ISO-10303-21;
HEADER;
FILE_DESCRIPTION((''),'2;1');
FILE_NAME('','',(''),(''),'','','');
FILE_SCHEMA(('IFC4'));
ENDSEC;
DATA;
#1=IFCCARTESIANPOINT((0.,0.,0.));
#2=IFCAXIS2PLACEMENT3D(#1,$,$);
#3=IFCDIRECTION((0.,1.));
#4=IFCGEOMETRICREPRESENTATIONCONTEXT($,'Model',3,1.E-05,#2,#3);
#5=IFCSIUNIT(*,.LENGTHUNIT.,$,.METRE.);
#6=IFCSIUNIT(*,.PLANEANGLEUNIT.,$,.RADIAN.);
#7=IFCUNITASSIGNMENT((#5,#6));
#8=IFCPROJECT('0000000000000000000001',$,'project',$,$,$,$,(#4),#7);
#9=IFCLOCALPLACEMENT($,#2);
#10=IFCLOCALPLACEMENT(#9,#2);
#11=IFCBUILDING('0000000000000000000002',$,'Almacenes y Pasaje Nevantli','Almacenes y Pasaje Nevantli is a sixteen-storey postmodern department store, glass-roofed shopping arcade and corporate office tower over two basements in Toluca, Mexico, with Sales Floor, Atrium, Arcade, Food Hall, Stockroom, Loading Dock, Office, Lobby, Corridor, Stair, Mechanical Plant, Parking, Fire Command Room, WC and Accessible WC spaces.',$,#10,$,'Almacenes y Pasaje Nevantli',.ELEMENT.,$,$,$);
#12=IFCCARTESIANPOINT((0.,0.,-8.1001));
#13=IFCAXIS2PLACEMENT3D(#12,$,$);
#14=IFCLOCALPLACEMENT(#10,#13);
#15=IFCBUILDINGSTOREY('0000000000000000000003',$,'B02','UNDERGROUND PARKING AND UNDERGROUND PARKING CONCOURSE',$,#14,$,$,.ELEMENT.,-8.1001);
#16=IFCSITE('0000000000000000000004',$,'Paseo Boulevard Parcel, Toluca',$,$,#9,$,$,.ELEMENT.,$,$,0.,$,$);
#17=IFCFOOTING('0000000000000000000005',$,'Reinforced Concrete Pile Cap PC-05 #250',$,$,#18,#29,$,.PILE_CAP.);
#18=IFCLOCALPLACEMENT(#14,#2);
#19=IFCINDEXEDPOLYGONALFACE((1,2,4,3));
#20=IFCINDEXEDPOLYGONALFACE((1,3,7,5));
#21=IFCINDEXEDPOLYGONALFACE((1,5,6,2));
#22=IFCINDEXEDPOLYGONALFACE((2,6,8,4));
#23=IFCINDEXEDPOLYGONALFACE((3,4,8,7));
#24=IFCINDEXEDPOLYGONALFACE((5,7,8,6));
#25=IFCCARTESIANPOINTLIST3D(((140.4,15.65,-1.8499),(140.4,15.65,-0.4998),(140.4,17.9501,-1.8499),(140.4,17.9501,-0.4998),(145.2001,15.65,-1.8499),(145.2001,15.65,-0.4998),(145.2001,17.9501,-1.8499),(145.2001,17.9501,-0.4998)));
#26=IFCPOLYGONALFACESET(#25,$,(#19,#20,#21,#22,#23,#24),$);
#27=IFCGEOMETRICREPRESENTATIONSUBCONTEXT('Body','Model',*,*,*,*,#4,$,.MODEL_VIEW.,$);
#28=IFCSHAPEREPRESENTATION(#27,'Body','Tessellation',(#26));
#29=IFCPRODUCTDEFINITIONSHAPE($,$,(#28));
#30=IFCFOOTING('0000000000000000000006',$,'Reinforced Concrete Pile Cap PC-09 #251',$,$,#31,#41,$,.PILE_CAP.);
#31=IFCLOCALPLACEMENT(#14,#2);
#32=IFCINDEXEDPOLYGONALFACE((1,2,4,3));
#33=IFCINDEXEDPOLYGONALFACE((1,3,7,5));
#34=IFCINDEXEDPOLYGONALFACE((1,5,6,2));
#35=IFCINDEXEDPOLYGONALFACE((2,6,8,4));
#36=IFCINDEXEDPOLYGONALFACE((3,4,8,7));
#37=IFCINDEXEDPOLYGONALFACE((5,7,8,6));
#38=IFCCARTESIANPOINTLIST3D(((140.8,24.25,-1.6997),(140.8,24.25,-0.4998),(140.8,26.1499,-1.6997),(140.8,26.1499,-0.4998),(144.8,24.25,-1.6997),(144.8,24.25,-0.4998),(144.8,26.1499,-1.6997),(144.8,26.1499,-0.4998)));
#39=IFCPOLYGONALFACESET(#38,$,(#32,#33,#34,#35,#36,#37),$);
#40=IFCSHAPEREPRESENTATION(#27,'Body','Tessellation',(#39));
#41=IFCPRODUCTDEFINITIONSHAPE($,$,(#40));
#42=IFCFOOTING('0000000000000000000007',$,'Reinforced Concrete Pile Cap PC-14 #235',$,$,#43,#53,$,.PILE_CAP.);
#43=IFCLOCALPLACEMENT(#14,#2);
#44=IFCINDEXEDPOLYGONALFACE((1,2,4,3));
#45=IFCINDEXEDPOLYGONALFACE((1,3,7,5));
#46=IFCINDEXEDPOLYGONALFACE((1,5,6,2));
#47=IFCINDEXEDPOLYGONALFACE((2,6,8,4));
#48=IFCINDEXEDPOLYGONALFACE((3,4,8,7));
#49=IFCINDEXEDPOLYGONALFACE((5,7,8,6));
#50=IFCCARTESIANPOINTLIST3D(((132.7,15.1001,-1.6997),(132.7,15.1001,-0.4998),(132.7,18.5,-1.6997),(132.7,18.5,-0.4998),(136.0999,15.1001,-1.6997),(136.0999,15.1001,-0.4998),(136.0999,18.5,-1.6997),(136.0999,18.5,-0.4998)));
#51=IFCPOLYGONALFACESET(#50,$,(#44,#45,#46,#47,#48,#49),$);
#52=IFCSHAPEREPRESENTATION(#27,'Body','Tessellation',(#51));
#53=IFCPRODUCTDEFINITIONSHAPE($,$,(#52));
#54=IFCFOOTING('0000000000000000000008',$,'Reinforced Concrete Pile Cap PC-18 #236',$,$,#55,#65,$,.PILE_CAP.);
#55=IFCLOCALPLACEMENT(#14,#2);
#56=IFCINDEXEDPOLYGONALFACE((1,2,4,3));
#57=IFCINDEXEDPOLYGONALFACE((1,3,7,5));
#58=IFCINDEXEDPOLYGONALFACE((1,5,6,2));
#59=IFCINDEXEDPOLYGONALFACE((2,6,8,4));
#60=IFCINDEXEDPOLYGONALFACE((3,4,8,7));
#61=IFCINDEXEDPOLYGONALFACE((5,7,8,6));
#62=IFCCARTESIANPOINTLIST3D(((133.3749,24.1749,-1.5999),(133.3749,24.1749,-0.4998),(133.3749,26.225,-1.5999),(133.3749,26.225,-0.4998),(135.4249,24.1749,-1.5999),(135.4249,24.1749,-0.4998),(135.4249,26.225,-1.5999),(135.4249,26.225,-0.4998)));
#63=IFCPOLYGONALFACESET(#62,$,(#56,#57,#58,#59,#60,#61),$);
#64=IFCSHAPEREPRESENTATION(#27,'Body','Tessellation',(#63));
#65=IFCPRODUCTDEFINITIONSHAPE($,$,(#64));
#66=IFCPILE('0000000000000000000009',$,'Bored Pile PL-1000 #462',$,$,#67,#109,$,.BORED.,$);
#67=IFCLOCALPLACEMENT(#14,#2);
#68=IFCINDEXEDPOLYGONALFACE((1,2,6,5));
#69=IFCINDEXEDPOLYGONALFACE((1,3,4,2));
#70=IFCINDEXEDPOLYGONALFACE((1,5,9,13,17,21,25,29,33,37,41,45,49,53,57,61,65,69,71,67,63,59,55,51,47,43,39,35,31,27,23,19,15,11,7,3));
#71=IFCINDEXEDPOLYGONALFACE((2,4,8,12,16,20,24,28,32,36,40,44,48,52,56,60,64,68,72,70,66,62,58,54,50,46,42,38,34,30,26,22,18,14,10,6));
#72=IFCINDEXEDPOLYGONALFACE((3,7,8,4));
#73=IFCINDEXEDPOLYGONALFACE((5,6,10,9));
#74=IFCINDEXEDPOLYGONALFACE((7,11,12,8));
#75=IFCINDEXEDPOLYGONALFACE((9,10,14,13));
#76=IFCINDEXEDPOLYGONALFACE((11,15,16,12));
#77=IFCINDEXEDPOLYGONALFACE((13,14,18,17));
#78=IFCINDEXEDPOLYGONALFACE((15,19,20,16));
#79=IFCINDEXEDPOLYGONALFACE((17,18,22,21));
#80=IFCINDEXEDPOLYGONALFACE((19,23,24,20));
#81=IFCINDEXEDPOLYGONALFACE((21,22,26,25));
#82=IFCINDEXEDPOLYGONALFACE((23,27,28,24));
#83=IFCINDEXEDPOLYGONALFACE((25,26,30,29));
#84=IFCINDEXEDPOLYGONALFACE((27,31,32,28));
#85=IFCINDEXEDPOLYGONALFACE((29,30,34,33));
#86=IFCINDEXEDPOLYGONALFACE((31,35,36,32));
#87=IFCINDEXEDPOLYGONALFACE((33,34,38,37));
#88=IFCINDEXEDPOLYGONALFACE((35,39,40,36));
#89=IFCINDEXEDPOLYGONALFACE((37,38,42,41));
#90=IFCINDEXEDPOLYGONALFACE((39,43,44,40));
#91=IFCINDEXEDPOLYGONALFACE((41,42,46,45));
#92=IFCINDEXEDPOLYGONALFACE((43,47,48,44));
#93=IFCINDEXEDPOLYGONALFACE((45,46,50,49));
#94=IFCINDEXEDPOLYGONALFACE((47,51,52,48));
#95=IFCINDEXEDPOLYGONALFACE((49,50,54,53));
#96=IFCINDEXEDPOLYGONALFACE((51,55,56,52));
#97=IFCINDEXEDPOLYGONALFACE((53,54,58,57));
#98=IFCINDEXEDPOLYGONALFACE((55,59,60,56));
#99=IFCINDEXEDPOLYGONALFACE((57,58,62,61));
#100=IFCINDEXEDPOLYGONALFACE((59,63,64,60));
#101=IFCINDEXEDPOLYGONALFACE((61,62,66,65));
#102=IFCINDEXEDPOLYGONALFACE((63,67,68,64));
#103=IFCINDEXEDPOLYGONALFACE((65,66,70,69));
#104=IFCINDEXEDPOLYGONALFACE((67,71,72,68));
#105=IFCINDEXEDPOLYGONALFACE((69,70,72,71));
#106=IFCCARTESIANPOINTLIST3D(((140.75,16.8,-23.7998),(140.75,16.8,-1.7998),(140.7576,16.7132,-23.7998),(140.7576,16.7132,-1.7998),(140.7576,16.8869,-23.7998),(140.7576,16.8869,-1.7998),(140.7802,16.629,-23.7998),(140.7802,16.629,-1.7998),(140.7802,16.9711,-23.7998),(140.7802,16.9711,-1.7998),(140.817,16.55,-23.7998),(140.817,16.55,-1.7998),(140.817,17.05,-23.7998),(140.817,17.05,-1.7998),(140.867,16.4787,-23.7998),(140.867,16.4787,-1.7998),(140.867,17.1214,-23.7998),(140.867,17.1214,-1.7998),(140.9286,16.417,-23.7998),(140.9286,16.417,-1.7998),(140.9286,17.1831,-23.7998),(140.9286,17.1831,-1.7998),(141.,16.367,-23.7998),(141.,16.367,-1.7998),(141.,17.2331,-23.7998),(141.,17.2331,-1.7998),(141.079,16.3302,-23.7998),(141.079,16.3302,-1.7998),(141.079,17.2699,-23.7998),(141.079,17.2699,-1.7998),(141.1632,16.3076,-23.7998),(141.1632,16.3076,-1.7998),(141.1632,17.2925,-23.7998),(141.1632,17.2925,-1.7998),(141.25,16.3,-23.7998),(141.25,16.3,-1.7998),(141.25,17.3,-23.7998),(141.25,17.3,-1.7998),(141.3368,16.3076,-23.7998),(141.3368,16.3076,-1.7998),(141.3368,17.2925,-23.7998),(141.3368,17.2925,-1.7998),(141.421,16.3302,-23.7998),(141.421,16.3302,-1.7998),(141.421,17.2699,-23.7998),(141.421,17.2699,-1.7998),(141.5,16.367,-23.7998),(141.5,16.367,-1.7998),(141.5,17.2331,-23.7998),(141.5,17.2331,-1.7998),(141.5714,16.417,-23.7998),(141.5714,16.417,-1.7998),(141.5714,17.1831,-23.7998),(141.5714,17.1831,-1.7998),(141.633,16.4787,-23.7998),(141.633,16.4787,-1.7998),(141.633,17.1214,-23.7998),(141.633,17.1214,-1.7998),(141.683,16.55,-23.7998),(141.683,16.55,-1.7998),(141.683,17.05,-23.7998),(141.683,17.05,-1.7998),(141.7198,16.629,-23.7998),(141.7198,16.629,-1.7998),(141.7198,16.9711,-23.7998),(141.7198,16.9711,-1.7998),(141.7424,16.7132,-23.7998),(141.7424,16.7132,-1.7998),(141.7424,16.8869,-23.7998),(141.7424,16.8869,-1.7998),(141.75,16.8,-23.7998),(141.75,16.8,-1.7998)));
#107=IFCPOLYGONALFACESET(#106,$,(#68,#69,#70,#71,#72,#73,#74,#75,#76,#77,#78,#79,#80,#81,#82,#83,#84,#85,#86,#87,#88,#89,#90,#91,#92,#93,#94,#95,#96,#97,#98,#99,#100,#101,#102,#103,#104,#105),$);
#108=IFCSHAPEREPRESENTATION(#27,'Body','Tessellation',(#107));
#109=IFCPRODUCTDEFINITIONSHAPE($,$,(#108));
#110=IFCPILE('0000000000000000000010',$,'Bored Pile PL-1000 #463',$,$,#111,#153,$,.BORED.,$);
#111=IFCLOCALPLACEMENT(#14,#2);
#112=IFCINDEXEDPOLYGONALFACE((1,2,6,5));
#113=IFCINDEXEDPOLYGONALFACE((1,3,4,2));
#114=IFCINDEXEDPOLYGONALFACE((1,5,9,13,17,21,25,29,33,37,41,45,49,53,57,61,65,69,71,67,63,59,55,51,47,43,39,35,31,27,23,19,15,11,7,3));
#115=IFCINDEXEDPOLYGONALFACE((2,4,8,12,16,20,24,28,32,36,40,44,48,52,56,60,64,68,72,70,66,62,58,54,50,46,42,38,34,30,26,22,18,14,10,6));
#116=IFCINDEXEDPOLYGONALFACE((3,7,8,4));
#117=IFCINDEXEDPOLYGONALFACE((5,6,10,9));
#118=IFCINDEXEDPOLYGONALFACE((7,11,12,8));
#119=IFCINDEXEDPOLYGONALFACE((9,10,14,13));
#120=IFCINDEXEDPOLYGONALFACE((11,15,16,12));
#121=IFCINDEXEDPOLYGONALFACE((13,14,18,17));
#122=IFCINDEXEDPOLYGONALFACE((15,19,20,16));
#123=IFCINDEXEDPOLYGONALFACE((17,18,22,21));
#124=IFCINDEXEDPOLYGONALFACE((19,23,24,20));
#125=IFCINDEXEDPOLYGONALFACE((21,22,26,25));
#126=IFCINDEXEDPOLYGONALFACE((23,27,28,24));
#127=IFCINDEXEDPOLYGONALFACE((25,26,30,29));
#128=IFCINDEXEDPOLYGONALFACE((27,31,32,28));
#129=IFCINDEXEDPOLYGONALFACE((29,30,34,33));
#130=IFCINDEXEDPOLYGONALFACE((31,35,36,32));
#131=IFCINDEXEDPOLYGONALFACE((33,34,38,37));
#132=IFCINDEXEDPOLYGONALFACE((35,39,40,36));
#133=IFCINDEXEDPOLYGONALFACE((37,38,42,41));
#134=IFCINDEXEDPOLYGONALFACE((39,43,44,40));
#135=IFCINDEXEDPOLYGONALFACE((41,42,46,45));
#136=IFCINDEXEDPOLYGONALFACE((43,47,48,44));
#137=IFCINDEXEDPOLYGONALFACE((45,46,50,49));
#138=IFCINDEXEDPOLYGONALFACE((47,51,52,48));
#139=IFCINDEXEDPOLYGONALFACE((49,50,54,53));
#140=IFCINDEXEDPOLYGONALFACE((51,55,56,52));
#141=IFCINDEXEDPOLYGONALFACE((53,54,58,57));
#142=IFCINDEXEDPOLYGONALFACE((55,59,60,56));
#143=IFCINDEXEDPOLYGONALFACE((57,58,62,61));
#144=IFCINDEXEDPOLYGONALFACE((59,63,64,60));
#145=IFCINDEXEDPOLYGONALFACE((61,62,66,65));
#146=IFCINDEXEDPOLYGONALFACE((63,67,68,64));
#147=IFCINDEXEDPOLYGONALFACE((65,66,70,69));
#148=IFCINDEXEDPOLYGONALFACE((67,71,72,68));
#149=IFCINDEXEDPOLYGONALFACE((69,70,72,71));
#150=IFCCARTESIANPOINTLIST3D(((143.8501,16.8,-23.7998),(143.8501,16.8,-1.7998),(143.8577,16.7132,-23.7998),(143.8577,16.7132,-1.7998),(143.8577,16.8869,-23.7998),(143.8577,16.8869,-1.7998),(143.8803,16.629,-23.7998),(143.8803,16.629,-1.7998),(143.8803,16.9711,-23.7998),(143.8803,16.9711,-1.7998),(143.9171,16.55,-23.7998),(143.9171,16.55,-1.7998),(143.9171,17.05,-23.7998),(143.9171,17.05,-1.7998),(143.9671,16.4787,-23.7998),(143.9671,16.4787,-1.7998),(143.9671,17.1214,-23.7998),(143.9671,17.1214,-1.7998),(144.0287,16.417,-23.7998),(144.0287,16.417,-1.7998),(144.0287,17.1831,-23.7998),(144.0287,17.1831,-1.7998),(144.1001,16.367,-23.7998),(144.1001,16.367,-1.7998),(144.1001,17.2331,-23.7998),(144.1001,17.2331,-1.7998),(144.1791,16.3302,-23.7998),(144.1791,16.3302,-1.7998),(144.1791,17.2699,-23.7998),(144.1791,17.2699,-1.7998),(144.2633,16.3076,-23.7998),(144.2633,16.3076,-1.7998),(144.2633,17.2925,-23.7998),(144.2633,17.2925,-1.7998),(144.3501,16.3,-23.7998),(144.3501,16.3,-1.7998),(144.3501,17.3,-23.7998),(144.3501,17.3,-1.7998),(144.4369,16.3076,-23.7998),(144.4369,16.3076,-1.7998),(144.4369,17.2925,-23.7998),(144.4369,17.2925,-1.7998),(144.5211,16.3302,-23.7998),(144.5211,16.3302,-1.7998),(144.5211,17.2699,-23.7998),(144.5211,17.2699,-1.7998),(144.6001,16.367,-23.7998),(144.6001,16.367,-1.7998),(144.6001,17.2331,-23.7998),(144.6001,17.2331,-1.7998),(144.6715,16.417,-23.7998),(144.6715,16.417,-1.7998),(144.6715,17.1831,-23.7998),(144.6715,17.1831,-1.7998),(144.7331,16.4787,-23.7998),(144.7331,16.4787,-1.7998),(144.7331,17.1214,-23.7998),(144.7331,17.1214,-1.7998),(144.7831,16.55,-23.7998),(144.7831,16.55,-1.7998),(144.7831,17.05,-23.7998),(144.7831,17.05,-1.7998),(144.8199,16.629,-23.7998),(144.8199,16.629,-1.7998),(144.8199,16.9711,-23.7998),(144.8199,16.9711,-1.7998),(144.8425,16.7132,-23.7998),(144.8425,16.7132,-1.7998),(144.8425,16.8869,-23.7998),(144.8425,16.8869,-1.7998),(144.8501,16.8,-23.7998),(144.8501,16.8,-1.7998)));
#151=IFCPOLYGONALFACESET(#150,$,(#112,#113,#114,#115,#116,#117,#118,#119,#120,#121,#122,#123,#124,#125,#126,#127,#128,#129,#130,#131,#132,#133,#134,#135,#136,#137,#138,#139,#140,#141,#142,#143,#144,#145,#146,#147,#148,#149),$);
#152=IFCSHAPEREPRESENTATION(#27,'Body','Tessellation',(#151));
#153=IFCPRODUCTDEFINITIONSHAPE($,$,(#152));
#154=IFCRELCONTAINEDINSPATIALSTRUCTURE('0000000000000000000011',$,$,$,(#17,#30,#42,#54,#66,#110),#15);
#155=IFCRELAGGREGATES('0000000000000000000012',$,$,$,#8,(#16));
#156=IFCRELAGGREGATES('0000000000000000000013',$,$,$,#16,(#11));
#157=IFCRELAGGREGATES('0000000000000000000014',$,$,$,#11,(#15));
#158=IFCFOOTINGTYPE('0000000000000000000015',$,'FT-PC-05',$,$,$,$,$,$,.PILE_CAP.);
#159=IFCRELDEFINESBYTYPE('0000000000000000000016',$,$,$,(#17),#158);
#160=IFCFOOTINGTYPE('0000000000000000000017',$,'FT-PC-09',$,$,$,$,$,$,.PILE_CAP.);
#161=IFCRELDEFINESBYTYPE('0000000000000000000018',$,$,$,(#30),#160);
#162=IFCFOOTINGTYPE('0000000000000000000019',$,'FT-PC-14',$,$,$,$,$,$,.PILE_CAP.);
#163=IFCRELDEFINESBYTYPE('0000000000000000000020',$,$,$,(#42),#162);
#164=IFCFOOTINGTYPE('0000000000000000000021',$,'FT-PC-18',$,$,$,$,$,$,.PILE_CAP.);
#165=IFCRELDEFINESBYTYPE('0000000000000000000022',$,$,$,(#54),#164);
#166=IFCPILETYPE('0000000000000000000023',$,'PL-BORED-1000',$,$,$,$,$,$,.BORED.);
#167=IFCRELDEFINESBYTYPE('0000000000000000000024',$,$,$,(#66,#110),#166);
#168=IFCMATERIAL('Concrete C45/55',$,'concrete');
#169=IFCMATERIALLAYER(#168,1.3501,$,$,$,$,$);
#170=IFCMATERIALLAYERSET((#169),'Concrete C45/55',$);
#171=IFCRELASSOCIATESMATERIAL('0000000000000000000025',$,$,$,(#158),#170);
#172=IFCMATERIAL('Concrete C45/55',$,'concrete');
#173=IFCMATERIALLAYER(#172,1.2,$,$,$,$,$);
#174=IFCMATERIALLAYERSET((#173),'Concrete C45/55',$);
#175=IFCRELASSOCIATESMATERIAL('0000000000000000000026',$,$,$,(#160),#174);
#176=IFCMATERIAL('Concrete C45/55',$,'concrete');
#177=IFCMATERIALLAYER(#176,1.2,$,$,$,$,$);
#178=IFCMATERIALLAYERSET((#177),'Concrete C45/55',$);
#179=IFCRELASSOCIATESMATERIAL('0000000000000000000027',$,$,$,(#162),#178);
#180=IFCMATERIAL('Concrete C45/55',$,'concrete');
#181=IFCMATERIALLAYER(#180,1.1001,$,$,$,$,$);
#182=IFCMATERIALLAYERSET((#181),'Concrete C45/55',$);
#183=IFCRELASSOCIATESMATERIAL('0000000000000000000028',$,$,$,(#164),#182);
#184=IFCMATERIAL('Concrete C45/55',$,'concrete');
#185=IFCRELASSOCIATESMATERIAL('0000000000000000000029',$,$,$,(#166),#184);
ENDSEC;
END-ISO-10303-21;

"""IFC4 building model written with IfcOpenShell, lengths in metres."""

from ifc_helpers import new_model, si_unit, direction, frame, origin, origin_2d, place, context, subcontext, project, spatial, rectangle, circle, extrude, material, layer, layer_set, material_profile, profile_set, type_object, element, save


model = new_model("IFC4")

# Units and contexts
model_context = context("Model", 3, precision=1e-05, world=origin(), true_north=direction((0.0, 1.0)))
body_context = subcontext(model_context, "Body", "Model", "MODEL_VIEW")
ifc_project = project(units=[si_unit("LENGTHUNIT", "METRE"), si_unit("PLANEANGLEUNIT", "RADIAN")], contexts=[model_context])

# Site, building, storey
site_placement = place(None, origin())
site = spatial("IfcSite", under=ifc_project, at=site_placement, Name="Paseo Boulevard Parcel, Toluca", CompositionType="ELEMENT", RefElevation=0.0)
building_placement = place(site_placement, origin())
building = spatial("IfcBuilding", under=site, at=building_placement, Name="Almacenes y Pasaje Nevantli", Description="Almacenes y Pasaje Nevantli is a sixteen-storey postmodern department store, glass-roofed shopping arcade and corporate office tower over two basements in Toluca, Mexico, with Sales Floor, Atrium, Arcade, Food Hall, Stockroom, Loading Dock, Office, Lobby, Corridor, Stair, Mechanical Plant, Parking, Fire Command Room, WC and Accessible WC spaces.", LongName="Almacenes y Pasaje Nevantli", CompositionType="ELEMENT")
storey_placement = place(building_placement, frame((0.0, 0.0, -8.1001)))
storey = spatial("IfcBuildingStorey", under=building, at=storey_placement, Name="B02", Description="UNDERGROUND PARKING AND UNDERGROUND PARKING CONCOURSE", CompositionType="ELEMENT", Elevation=-8.1001)

# Footings
ifc_material_1 = material(Name="Concrete C45/55", Category="concrete")
ifc_layer_1 = layer(ifc_material_1, 1.3501)
ifc_layer_set_1 = layer_set([ifc_layer_1], Name="Concrete C45/55")
footing_type_1 = type_object("IfcFootingType", Name="FT-PC-05", PredefinedType="PILE_CAP", material=ifc_layer_set_1)
footing_1_placement = place(storey_placement, frame((142.8, 16.8, -1.8499), z_axis=(0.0, 0.0, 1.0), x_axis=(1.0, 0.0, 0.0)))
element("IfcFooting", 1, at=footing_1_placement, inside=storey, type_object=footing_type_1, Name="Reinforced Concrete Pile Cap PC-05 #250", PredefinedType="PILE_CAP", context=body_context, shape_type="SweptSolid", body=[
    extrude(rectangle(XDim=4.8, YDim=2.3, at=origin_2d()), origin(), (0.0, 0.0, 1.0), 1.3501),
])
ifc_material_2 = material(Name="Concrete C45/55", Category="concrete")
ifc_layer_2 = layer(ifc_material_2, 1.2)
ifc_layer_set_2 = layer_set([ifc_layer_2], Name="Concrete C45/55")
footing_type_2 = type_object("IfcFootingType", Name="FT-PC-09", PredefinedType="PILE_CAP", material=ifc_layer_set_2)
footing_2_placement = place(storey_placement, frame((142.8, 25.2, -1.6997), z_axis=(0.0, 0.0, 1.0), x_axis=(1.0, 0.0, 0.0)))
element("IfcFooting", 2, at=footing_2_placement, inside=storey, type_object=footing_type_2, Name="Reinforced Concrete Pile Cap PC-09 #251", PredefinedType="PILE_CAP", context=body_context, shape_type="SweptSolid", body=[
    extrude(rectangle(XDim=4.0, YDim=1.8999, at=origin_2d()), origin(), (0.0, 0.0, 1.0), 1.2),
])
ifc_material_3 = material(Name="Concrete C45/55", Category="concrete")
ifc_layer_3 = layer(ifc_material_3, 1.2)
ifc_layer_set_3 = layer_set([ifc_layer_3], Name="Concrete C45/55")
footing_type_3 = type_object("IfcFootingType", Name="FT-PC-14", PredefinedType="PILE_CAP", material=ifc_layer_set_3)
footing_3_placement = place(storey_placement, frame((134.3999, 16.8, -1.6997), z_axis=(0.0, 0.0, 1.0), x_axis=(1.0, 0.0, 0.0)))
element("IfcFooting", 3, at=footing_3_placement, inside=storey, type_object=footing_type_3, Name="Reinforced Concrete Pile Cap PC-14 #235", PredefinedType="PILE_CAP", context=body_context, shape_type="SweptSolid", body=[
    extrude(rectangle(XDim=3.3999, YDim=3.3999, at=origin_2d()), origin(), (0.0, 0.0, 1.0), 1.2),
])
ifc_material_4 = material(Name="Concrete C45/55", Category="concrete")
ifc_layer_4 = layer(ifc_material_4, 1.1001)
ifc_layer_set_4 = layer_set([ifc_layer_4], Name="Concrete C45/55")
footing_type_4 = type_object("IfcFootingType", Name="FT-PC-18", PredefinedType="PILE_CAP", material=ifc_layer_set_4)
footing_4_placement = place(storey_placement, frame((134.3999, 25.2, -1.5999), z_axis=(0.0, 0.0, 1.0), x_axis=(1.0, 0.0, 0.0)))
element("IfcFooting", 4, at=footing_4_placement, inside=storey, type_object=footing_type_4, Name="Reinforced Concrete Pile Cap PC-18 #236", PredefinedType="PILE_CAP", context=body_context, shape_type="SweptSolid", body=[
    extrude(rectangle(XDim=2.05, YDim=2.05, at=origin_2d()), origin(), (0.0, 0.0, 1.0), 1.1001),
])

# Piles
ifc_material_5 = material(Name="Concrete C45/55", Category="concrete")
ifc_material_profile_1 = material_profile(ifc_material_5, circle(Radius=0.5, at=origin_2d()), Name="RC-PILE-D1000")
ifc_profile_set_1 = profile_set([ifc_material_profile_1], Name="Concrete C45/55")
pile_type_1 = type_object("IfcPileType", Name="PL-BORED-1000", PredefinedType="BORED", material=ifc_profile_set_1)
for number, where, z_axis, x_axis, name in (
    (5, (141.25, 16.8, -1.7998), (0.0, 0.0, -1.0), (1.0, 0.0, 0.0), "Bored Pile PL-1000 #462"),
    (6, (144.3501, 16.8, -1.7998), (0.0, 0.0, -1.0), (1.0, 0.0, 0.0), "Bored Pile PL-1000 #463"),
):
    element("IfcPile", number, at=place(storey_placement, frame(where, z_axis=z_axis, x_axis=x_axis)), inside=storey, type_object=pile_type_1, Name=name, PredefinedType="BORED", context=body_context, shape_type="SweptSolid", body=[
        extrude(circle(Radius=0.5, at=origin_2d()), origin(), (0.0, 0.0, 1.0), 22.0),
    ])

save(model, "model.ifc")
